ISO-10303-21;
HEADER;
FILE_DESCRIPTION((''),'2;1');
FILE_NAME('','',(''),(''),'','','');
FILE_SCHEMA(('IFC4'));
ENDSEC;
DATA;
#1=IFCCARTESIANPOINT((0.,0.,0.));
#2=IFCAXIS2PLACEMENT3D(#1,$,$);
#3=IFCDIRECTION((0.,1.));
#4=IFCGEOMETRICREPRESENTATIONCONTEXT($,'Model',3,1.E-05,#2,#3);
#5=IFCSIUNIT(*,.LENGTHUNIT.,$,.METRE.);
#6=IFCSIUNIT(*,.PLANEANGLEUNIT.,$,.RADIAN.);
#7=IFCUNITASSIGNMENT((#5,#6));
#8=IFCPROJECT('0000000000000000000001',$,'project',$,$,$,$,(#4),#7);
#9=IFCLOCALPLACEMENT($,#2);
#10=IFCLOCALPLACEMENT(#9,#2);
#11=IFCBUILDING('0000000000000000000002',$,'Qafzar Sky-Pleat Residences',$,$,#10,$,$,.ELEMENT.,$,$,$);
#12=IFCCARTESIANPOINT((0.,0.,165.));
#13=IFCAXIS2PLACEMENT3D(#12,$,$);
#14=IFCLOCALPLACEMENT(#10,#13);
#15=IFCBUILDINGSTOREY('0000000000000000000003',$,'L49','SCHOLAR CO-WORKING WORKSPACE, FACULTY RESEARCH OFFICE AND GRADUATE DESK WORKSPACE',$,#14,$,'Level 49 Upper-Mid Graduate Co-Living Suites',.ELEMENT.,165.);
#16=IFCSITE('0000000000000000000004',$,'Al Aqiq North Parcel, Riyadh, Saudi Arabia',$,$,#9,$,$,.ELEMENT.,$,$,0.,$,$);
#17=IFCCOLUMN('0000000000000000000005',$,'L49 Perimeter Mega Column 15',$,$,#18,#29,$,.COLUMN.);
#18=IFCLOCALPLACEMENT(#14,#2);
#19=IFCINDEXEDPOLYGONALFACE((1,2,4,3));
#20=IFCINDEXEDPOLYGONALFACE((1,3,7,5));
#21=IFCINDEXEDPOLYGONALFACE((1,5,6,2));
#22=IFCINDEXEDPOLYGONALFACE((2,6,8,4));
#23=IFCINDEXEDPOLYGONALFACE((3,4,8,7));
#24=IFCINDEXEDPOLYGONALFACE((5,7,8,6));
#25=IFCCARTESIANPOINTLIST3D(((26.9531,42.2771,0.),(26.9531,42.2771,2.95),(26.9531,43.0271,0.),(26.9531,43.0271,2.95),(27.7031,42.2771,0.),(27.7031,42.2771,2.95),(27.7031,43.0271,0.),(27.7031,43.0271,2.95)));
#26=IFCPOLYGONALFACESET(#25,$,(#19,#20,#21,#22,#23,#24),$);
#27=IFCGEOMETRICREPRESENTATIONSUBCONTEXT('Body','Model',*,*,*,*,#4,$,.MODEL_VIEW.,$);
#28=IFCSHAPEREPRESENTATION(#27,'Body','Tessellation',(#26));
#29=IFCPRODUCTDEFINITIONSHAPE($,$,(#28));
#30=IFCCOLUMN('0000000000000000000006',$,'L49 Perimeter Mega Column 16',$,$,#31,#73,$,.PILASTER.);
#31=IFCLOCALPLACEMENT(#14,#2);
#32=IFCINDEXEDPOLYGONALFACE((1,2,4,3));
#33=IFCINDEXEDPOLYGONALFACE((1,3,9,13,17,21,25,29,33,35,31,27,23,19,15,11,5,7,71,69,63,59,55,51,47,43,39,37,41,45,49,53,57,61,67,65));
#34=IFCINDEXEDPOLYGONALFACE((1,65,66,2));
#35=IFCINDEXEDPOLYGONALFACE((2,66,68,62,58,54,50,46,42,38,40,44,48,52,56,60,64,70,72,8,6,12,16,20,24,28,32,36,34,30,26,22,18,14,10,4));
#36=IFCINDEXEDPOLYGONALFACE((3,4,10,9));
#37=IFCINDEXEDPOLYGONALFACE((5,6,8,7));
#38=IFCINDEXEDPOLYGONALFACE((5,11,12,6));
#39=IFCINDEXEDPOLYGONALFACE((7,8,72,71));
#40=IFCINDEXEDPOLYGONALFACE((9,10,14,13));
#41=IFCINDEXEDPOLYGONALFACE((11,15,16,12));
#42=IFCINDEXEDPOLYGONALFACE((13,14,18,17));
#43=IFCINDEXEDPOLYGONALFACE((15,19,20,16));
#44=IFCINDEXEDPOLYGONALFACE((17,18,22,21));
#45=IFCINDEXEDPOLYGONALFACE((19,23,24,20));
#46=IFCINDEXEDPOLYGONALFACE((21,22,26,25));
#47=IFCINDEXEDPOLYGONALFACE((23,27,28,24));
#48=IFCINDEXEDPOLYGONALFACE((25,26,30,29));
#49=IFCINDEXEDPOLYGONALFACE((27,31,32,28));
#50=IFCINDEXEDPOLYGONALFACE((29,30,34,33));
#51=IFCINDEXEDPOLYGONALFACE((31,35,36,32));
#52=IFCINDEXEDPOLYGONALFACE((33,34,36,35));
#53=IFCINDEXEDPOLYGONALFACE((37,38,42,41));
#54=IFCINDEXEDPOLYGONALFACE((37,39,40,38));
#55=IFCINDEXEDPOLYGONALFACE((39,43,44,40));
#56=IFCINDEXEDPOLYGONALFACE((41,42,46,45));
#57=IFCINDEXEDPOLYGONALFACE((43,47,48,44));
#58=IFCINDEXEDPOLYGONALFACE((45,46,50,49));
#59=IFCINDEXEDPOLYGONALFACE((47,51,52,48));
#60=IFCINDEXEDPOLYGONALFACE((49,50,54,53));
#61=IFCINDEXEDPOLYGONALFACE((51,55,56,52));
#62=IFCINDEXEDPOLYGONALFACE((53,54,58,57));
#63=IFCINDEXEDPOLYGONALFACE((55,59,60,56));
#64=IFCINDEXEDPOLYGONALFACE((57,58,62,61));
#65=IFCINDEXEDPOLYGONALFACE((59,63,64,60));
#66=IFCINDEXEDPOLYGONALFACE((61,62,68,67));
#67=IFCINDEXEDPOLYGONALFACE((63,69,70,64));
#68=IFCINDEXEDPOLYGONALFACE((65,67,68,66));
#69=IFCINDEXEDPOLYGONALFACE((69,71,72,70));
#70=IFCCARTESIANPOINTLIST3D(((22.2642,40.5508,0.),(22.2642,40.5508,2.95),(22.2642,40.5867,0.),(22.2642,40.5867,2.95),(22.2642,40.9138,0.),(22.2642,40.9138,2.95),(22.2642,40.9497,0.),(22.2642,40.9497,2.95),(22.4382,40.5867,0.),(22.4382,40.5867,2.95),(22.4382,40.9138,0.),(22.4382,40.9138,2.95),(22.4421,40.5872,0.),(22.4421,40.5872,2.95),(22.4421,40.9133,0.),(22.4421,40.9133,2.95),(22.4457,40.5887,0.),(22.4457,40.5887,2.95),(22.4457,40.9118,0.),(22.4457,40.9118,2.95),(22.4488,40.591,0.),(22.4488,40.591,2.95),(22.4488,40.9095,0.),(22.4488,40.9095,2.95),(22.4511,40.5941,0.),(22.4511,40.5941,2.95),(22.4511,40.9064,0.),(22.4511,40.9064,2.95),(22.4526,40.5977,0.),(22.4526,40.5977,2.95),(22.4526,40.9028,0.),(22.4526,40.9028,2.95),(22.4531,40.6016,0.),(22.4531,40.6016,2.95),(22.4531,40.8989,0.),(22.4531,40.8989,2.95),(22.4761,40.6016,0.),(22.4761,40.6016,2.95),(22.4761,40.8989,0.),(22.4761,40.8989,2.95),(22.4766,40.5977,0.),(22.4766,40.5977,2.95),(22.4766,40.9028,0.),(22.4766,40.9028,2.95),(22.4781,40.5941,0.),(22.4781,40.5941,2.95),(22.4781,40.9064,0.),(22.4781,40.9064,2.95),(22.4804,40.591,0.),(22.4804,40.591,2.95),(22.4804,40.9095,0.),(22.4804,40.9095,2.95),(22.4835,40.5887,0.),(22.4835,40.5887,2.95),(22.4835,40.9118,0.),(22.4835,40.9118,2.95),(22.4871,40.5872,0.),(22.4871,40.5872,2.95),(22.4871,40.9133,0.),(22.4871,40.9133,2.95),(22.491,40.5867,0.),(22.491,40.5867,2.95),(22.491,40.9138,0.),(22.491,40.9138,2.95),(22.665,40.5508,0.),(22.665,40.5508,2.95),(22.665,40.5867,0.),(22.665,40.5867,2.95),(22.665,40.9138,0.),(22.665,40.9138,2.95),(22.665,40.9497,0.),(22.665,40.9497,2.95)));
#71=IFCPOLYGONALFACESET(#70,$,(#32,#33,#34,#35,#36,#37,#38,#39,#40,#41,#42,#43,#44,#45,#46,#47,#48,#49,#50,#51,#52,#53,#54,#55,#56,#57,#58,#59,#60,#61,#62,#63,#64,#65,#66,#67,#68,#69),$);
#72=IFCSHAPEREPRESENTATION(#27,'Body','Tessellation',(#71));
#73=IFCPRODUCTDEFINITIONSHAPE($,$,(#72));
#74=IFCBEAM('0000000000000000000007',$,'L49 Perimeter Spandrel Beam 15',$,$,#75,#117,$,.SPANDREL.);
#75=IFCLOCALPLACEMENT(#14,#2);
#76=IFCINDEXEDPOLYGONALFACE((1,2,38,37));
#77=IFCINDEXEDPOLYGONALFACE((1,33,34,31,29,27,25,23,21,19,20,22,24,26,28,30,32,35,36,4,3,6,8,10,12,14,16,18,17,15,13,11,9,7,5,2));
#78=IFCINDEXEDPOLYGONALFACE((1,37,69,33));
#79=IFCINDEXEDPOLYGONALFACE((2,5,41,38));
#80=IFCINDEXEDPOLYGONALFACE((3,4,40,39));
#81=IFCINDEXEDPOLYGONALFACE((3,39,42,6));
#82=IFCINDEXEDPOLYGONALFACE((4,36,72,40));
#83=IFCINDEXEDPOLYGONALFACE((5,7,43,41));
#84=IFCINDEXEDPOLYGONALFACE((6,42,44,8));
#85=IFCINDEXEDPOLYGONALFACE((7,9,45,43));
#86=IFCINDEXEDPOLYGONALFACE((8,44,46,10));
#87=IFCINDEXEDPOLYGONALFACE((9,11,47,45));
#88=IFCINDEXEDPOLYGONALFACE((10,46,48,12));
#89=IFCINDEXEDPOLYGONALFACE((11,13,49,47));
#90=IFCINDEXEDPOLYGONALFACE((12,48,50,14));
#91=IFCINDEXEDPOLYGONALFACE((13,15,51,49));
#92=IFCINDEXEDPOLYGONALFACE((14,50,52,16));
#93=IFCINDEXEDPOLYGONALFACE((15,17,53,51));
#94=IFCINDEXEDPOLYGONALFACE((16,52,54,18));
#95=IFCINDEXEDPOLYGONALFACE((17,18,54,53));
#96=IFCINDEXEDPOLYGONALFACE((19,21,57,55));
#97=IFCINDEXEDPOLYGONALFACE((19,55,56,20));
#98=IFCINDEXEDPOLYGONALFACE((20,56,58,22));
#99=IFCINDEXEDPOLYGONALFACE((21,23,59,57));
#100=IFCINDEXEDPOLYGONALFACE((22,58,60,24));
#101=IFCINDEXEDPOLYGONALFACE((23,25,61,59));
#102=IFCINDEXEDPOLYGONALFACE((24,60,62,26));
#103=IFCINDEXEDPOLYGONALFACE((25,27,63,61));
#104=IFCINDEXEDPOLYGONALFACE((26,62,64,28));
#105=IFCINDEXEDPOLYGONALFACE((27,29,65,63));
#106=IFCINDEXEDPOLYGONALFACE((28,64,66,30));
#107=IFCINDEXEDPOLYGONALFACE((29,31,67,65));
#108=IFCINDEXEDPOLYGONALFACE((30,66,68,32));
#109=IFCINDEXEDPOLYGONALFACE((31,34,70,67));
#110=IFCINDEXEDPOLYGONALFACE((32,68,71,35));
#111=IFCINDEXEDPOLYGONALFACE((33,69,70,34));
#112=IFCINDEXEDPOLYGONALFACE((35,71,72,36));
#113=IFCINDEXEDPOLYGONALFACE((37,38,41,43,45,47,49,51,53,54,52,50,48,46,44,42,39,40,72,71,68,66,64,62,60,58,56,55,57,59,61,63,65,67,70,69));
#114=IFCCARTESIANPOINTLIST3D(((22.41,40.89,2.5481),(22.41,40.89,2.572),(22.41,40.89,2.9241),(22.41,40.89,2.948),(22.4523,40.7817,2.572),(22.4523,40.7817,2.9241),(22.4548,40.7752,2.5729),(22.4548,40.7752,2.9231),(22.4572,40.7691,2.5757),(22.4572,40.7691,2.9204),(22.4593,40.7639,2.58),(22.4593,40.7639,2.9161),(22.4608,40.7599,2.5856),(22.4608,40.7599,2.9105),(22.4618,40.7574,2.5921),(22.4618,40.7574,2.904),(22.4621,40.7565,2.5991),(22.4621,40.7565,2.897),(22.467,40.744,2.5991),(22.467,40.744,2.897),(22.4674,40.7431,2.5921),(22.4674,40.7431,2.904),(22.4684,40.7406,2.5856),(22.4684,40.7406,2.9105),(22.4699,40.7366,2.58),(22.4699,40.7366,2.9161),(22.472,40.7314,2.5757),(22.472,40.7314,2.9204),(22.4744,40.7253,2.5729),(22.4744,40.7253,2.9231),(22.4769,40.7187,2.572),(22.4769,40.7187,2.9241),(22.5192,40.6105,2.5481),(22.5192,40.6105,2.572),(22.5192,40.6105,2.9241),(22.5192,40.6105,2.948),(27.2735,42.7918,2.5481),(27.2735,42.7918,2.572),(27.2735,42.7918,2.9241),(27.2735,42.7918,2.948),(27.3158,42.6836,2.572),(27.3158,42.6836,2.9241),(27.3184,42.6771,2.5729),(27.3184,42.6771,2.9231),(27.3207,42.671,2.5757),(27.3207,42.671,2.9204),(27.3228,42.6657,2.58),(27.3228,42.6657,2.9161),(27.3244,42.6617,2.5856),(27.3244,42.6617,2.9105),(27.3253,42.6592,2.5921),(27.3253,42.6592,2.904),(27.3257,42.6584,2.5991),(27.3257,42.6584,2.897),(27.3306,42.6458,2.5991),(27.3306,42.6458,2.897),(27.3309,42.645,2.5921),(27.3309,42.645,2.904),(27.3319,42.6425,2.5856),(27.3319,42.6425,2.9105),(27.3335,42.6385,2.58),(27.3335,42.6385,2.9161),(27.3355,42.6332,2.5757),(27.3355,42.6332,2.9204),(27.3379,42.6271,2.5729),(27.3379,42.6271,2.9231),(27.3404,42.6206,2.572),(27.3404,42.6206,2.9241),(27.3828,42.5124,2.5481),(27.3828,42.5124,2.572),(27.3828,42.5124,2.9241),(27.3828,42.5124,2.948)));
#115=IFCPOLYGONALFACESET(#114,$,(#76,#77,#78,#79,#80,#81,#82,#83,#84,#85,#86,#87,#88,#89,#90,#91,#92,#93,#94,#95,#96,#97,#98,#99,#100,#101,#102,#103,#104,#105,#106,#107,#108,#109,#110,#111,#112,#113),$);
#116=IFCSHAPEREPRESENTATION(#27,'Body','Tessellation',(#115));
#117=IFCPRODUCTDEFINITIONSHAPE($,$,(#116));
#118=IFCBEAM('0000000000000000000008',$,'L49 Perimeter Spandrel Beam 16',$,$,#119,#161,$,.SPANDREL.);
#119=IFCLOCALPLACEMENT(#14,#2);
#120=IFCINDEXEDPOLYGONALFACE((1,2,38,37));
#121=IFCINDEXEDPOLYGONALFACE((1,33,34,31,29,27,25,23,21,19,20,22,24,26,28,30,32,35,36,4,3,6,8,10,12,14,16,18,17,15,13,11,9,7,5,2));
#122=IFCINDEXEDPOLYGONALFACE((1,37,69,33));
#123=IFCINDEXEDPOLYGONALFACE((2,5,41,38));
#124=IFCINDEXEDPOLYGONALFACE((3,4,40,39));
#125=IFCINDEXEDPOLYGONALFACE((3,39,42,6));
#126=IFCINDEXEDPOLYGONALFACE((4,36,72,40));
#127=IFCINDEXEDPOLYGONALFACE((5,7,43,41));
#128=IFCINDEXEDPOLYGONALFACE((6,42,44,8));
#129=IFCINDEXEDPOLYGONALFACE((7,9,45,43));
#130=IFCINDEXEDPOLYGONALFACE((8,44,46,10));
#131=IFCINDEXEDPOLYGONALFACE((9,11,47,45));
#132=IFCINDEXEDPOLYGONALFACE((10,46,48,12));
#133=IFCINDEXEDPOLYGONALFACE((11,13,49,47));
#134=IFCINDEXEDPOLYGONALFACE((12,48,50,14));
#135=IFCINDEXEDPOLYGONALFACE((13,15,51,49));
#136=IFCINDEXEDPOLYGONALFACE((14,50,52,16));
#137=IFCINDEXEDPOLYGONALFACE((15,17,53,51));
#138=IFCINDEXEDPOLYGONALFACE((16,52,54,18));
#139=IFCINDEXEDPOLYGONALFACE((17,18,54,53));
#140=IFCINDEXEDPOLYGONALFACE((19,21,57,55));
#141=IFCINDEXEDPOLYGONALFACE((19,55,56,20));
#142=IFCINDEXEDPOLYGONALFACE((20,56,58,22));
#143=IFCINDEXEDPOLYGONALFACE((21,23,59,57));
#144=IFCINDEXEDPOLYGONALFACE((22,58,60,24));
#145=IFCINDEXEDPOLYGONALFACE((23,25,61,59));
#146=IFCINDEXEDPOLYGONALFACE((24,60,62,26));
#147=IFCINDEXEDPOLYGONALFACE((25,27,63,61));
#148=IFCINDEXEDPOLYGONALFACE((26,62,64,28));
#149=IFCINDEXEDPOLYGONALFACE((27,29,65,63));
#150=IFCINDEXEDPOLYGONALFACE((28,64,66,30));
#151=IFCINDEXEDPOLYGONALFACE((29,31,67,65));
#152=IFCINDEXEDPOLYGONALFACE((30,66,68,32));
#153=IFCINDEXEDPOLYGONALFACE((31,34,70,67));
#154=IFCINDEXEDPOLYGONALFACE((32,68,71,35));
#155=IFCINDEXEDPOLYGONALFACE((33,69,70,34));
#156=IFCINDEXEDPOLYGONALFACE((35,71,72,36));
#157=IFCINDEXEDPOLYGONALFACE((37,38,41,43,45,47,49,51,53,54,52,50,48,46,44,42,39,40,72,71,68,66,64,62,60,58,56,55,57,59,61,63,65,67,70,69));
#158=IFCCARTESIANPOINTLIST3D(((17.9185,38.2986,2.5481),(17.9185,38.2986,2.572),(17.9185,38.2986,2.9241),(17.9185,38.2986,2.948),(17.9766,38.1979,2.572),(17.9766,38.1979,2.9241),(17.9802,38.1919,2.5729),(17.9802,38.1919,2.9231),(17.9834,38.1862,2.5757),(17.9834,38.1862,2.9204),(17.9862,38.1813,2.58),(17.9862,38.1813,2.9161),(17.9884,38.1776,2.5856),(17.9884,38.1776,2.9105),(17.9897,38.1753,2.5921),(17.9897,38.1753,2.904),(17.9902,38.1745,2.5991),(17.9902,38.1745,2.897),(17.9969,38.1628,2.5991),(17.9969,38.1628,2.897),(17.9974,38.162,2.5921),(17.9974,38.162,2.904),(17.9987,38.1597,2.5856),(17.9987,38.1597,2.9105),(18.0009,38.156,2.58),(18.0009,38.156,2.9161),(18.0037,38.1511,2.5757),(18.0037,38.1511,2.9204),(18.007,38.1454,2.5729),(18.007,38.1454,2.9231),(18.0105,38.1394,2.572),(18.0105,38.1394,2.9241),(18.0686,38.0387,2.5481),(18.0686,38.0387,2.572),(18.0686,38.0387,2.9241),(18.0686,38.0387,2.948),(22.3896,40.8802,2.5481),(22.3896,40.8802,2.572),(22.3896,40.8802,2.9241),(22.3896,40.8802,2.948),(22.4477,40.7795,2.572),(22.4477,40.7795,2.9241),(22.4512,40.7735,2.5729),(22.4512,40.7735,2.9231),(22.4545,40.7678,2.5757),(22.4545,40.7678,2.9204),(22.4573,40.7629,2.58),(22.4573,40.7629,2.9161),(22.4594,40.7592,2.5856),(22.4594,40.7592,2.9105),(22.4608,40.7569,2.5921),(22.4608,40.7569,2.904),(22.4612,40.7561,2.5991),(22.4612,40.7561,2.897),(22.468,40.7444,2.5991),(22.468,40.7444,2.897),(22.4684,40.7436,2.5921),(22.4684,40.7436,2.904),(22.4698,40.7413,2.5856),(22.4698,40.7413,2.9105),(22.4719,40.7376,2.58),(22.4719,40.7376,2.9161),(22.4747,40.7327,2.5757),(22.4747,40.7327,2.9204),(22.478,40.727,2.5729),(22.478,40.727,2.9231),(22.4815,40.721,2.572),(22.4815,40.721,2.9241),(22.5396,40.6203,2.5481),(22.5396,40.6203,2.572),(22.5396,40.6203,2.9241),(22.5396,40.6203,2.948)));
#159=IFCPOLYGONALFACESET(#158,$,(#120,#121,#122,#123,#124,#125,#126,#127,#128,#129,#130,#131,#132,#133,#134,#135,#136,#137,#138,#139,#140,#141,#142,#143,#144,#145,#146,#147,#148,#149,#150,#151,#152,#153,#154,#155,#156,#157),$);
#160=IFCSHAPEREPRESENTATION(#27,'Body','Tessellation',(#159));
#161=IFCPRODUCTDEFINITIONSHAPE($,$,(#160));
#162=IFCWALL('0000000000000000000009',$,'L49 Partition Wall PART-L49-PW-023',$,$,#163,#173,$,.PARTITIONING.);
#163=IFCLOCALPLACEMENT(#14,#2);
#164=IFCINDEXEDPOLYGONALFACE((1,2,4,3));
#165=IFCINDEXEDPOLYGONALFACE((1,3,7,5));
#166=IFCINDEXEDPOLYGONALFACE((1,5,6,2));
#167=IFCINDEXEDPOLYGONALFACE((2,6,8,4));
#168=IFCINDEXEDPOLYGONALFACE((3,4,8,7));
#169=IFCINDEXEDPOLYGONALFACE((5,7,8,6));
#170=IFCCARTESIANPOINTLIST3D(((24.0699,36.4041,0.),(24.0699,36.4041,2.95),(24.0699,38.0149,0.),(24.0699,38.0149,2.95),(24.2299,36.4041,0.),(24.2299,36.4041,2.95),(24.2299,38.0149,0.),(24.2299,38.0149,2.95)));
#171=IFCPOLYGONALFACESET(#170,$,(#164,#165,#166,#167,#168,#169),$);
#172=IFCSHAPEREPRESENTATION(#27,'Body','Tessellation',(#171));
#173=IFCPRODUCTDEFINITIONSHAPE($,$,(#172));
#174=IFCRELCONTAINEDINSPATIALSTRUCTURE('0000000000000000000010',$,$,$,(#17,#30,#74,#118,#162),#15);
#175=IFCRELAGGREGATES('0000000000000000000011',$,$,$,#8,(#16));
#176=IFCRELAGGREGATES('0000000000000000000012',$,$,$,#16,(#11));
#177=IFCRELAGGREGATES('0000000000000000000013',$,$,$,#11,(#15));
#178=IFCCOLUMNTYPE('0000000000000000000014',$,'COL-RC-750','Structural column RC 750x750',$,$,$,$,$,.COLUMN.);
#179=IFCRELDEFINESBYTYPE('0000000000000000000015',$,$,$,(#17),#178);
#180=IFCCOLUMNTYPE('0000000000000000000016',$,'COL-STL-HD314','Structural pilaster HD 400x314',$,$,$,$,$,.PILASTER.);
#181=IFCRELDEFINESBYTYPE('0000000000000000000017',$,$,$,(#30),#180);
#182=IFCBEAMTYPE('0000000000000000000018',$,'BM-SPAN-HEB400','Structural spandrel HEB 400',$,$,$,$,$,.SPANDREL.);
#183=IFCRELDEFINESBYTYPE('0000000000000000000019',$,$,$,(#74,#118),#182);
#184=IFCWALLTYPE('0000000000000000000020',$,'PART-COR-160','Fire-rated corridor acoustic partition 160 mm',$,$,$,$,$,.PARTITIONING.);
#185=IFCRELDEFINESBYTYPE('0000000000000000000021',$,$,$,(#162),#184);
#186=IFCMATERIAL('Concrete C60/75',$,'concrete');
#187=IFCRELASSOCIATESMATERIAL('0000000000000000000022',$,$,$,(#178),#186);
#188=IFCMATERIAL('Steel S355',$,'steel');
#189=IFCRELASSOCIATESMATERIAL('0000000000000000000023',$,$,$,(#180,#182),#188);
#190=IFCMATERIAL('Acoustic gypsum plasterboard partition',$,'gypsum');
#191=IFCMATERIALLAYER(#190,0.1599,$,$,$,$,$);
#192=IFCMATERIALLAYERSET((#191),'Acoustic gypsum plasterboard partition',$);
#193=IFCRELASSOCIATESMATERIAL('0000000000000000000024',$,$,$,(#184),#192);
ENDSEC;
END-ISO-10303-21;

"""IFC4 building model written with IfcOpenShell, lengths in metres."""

from ifc_helpers import new_model, si_unit, direction, frame, frame_2d, origin, origin_2d, place, context, subcontext, project, spatial, rectangle, i_section, extrude, source, transform, mapped, material, layer, layer_set, material_profile, profile_set, type_object, element, save


model = new_model("IFC4")

# Units and contexts
model_context = context("Model", 3, precision=1e-05, world=origin(), true_north=direction((0.0, 1.0)))
body_context = subcontext(model_context, "Body", "Model", "MODEL_VIEW")
ifc_project = project(units=[si_unit("LENGTHUNIT", "METRE"), si_unit("PLANEANGLEUNIT", "RADIAN")], contexts=[model_context])

# Site, building, storey
site_placement = place(None, origin())
site = spatial("IfcSite", under=ifc_project, at=site_placement, Name="Al Aqiq North Parcel, Riyadh, Saudi Arabia", CompositionType="ELEMENT", RefElevation=0.0)
building_placement = place(site_placement, origin())
building = spatial("IfcBuilding", under=site, at=building_placement, Name="Qafzar Sky-Pleat Residences", CompositionType="ELEMENT")
storey_placement = place(building_placement, frame((0.0, 0.0, 165.0)))
storey = spatial("IfcBuildingStorey", under=building, at=storey_placement, Name="L49", Description="SCHOLAR CO-WORKING WORKSPACE, FACULTY RESEARCH OFFICE AND GRADUATE DESK WORKSPACE", LongName="Level 49 Upper-Mid Graduate Co-Living Suites", CompositionType="ELEMENT", Elevation=165.0)

# Columns
ifc_material_1 = material(Name="Concrete C60/75", Category="concrete")
ifc_material_profile_1 = material_profile(ifc_material_1, rectangle(XDim=0.75, YDim=0.75, at=origin_2d()), Name="RC 750x750")
ifc_profile_set_1 = profile_set([ifc_material_profile_1], Name="Concrete C60/75")
column_type_1 = type_object("IfcColumnType", Name="COL-RC-750", Description="Structural column RC 750x750", PredefinedType="COLUMN", material=ifc_profile_set_1)
shared_shape_1 = source(origin(), body_context, "Body", "SweptSolid", [
    extrude(rectangle(XDim=0.75, YDim=0.75, at=origin_2d()), origin(), (0.0, 0.0, 1.0), 2.95),
])
column_1_placement = place(storey_placement, frame((27.3281, 42.6521, 0.0), z_axis=(0.0, 0.0, 1.0), x_axis=(1.0, 0.0, 0.0)))
element("IfcColumn", 1, at=column_1_placement, inside=storey, type_object=column_type_1, Name="L49 Perimeter Mega Column 15", PredefinedType="COLUMN", context=body_context, shape_type="MappedRepresentation", body=[
    mapped(shared_shape_1, transform((0.0, 0.0, 0.0), x_axis=(1.0, 0.0, 0.0), y_axis=(0.0, 1.0, 0.0), z_axis=(0.0, 0.0, 1.0), scale=1.0)),
])
ifc_material_2 = material(Name="Steel S355", Category="steel")
ifc_material_profile_2 = material_profile(ifc_material_2, i_section(OverallWidth=0.4009, OverallDepth=0.3989, WebThickness=0.0229, FlangeThickness=0.0359, FilletRadius=0.0149, at=origin_2d()), Name="HD 400x314")
ifc_profile_set_2 = profile_set([ifc_material_profile_2], Name="Steel S355")
column_type_2 = type_object("IfcColumnType", Name="COL-STL-HD314", Description="Structural pilaster HD 400x314", PredefinedType="PILASTER", material=ifc_profile_set_2)
shared_shape_2 = source(origin(), body_context, "Body", "SweptSolid", [
    extrude(i_section(OverallWidth=0.4009, OverallDepth=0.3989, WebThickness=0.0229, FlangeThickness=0.0359, FilletRadius=0.0149, at=origin_2d()), origin(), (0.0, 0.0, 1.0), 2.95),
])
column_2_placement = place(storey_placement, frame((22.4646, 40.7502, 0.0), z_axis=(0.0, 0.0, 1.0), x_axis=(1.0, 0.0, 0.0)))
element("IfcColumn", 2, at=column_2_placement, inside=storey, type_object=column_type_2, Name="L49 Perimeter Mega Column 16", PredefinedType="PILASTER", context=body_context, shape_type="MappedRepresentation", body=[
    mapped(shared_shape_2, transform((0.0, 0.0, 0.0), x_axis=(1.0, 0.0, 0.0), y_axis=(0.0, 1.0, 0.0), z_axis=(0.0, 0.0, 1.0), scale=1.0)),
])

# Beams
ifc_material_profile_3 = material_profile(ifc_material_2, i_section(OverallWidth=0.3, OverallDepth=0.3999, WebThickness=0.0134, FlangeThickness=0.0239, FilletRadius=0.0271, at=origin_2d()), Name="HEB 400")
ifc_profile_set_3 = profile_set([ifc_material_profile_3], Name="Steel S355")
beam_type = type_object("IfcBeamType", Name="BM-SPAN-HEB400", Description="Structural spandrel HEB 400", PredefinedType="SPANDREL", material=ifc_profile_set_3)
shared_shape_3 = source(origin(), body_context, "Body", "SweptSolid", [
    extrude(i_section(OverallWidth=0.3, OverallDepth=0.3999, WebThickness=0.0134, FlangeThickness=0.0239, FilletRadius=0.0271, at=origin_2d()), origin(), (0.0, 0.0, 1.0), 5.2222),
])
beam_1_placement = place(storey_placement, frame((27.3281, 42.6521, 2.748), z_axis=(-0.931325, -0.36419, 0.0), x_axis=(0.36419, -0.931325, 0.0)))
element("IfcBeam", 3, at=beam_1_placement, inside=storey, type_object=beam_type, Name="L49 Perimeter Spandrel Beam 15", PredefinedType="SPANDREL", context=body_context, shape_type="MappedRepresentation", body=[
    mapped(shared_shape_3, transform((0.0, 0.0, 0.0), x_axis=(1.0, 0.0, 0.0), y_axis=(0.0, 1.0, 0.0), z_axis=(0.0, 0.0, 1.0), scale=1.0)),
])
shared_shape_4 = source(origin(), body_context, "Body", "SweptSolid", [
    extrude(i_section(OverallWidth=0.3, OverallDepth=0.3999, WebThickness=0.0134, FlangeThickness=0.0239, FilletRadius=0.0271, at=origin_2d()), origin(), (0.0, 0.0, 1.0), 5.1628),
])
beam_2_placement = place(storey_placement, frame((22.4646, 40.7502, 2.748), z_axis=(-0.866005, -0.500035, 0.0), x_axis=(0.500035, -0.866005, 0.0)))
element("IfcBeam", 4, at=beam_2_placement, inside=storey, type_object=beam_type, Name="L49 Perimeter Spandrel Beam 16", PredefinedType="SPANDREL", context=body_context, shape_type="MappedRepresentation", body=[
    mapped(shared_shape_4, transform((0.0, 0.0, 0.0), x_axis=(1.0, 0.0, 0.0), y_axis=(0.0, 1.0, 0.0), z_axis=(0.0, 0.0, 1.0), scale=1.0)),
])

# Wall
ifc_material_3 = material(Name="Acoustic gypsum plasterboard partition", Category="gypsum")
ifc_layer_1 = layer(ifc_material_3, 0.1599)
ifc_layer_set_1 = layer_set([ifc_layer_1], Name="Acoustic gypsum plasterboard partition")
wall_type_1 = type_object("IfcWallType", Name="PART-COR-160", Description="Fire-rated corridor acoustic partition 160 mm", PredefinedType="PARTITIONING", material=ifc_layer_set_1)
wall_1_placement = place(storey_placement, frame((24.1499, 36.4041, 0.0), z_axis=(0.0, 0.0, 1.0), x_axis=(0.0, 1.0, 0.0)))
element("IfcWall", 5, at=wall_1_placement, inside=storey, type_object=wall_type_1, Name="L49 Partition Wall PART-L49-PW-023", PredefinedType="PARTITIONING", context=body_context, shape_type="SweptSolid", body=[
    extrude(rectangle(XDim=1.6108, YDim=0.1599, at=frame_2d((0.8054, 0.0))), origin(), (0.0, 0.0, 1.0), 2.95),
])

save(model, "model.ifc")
